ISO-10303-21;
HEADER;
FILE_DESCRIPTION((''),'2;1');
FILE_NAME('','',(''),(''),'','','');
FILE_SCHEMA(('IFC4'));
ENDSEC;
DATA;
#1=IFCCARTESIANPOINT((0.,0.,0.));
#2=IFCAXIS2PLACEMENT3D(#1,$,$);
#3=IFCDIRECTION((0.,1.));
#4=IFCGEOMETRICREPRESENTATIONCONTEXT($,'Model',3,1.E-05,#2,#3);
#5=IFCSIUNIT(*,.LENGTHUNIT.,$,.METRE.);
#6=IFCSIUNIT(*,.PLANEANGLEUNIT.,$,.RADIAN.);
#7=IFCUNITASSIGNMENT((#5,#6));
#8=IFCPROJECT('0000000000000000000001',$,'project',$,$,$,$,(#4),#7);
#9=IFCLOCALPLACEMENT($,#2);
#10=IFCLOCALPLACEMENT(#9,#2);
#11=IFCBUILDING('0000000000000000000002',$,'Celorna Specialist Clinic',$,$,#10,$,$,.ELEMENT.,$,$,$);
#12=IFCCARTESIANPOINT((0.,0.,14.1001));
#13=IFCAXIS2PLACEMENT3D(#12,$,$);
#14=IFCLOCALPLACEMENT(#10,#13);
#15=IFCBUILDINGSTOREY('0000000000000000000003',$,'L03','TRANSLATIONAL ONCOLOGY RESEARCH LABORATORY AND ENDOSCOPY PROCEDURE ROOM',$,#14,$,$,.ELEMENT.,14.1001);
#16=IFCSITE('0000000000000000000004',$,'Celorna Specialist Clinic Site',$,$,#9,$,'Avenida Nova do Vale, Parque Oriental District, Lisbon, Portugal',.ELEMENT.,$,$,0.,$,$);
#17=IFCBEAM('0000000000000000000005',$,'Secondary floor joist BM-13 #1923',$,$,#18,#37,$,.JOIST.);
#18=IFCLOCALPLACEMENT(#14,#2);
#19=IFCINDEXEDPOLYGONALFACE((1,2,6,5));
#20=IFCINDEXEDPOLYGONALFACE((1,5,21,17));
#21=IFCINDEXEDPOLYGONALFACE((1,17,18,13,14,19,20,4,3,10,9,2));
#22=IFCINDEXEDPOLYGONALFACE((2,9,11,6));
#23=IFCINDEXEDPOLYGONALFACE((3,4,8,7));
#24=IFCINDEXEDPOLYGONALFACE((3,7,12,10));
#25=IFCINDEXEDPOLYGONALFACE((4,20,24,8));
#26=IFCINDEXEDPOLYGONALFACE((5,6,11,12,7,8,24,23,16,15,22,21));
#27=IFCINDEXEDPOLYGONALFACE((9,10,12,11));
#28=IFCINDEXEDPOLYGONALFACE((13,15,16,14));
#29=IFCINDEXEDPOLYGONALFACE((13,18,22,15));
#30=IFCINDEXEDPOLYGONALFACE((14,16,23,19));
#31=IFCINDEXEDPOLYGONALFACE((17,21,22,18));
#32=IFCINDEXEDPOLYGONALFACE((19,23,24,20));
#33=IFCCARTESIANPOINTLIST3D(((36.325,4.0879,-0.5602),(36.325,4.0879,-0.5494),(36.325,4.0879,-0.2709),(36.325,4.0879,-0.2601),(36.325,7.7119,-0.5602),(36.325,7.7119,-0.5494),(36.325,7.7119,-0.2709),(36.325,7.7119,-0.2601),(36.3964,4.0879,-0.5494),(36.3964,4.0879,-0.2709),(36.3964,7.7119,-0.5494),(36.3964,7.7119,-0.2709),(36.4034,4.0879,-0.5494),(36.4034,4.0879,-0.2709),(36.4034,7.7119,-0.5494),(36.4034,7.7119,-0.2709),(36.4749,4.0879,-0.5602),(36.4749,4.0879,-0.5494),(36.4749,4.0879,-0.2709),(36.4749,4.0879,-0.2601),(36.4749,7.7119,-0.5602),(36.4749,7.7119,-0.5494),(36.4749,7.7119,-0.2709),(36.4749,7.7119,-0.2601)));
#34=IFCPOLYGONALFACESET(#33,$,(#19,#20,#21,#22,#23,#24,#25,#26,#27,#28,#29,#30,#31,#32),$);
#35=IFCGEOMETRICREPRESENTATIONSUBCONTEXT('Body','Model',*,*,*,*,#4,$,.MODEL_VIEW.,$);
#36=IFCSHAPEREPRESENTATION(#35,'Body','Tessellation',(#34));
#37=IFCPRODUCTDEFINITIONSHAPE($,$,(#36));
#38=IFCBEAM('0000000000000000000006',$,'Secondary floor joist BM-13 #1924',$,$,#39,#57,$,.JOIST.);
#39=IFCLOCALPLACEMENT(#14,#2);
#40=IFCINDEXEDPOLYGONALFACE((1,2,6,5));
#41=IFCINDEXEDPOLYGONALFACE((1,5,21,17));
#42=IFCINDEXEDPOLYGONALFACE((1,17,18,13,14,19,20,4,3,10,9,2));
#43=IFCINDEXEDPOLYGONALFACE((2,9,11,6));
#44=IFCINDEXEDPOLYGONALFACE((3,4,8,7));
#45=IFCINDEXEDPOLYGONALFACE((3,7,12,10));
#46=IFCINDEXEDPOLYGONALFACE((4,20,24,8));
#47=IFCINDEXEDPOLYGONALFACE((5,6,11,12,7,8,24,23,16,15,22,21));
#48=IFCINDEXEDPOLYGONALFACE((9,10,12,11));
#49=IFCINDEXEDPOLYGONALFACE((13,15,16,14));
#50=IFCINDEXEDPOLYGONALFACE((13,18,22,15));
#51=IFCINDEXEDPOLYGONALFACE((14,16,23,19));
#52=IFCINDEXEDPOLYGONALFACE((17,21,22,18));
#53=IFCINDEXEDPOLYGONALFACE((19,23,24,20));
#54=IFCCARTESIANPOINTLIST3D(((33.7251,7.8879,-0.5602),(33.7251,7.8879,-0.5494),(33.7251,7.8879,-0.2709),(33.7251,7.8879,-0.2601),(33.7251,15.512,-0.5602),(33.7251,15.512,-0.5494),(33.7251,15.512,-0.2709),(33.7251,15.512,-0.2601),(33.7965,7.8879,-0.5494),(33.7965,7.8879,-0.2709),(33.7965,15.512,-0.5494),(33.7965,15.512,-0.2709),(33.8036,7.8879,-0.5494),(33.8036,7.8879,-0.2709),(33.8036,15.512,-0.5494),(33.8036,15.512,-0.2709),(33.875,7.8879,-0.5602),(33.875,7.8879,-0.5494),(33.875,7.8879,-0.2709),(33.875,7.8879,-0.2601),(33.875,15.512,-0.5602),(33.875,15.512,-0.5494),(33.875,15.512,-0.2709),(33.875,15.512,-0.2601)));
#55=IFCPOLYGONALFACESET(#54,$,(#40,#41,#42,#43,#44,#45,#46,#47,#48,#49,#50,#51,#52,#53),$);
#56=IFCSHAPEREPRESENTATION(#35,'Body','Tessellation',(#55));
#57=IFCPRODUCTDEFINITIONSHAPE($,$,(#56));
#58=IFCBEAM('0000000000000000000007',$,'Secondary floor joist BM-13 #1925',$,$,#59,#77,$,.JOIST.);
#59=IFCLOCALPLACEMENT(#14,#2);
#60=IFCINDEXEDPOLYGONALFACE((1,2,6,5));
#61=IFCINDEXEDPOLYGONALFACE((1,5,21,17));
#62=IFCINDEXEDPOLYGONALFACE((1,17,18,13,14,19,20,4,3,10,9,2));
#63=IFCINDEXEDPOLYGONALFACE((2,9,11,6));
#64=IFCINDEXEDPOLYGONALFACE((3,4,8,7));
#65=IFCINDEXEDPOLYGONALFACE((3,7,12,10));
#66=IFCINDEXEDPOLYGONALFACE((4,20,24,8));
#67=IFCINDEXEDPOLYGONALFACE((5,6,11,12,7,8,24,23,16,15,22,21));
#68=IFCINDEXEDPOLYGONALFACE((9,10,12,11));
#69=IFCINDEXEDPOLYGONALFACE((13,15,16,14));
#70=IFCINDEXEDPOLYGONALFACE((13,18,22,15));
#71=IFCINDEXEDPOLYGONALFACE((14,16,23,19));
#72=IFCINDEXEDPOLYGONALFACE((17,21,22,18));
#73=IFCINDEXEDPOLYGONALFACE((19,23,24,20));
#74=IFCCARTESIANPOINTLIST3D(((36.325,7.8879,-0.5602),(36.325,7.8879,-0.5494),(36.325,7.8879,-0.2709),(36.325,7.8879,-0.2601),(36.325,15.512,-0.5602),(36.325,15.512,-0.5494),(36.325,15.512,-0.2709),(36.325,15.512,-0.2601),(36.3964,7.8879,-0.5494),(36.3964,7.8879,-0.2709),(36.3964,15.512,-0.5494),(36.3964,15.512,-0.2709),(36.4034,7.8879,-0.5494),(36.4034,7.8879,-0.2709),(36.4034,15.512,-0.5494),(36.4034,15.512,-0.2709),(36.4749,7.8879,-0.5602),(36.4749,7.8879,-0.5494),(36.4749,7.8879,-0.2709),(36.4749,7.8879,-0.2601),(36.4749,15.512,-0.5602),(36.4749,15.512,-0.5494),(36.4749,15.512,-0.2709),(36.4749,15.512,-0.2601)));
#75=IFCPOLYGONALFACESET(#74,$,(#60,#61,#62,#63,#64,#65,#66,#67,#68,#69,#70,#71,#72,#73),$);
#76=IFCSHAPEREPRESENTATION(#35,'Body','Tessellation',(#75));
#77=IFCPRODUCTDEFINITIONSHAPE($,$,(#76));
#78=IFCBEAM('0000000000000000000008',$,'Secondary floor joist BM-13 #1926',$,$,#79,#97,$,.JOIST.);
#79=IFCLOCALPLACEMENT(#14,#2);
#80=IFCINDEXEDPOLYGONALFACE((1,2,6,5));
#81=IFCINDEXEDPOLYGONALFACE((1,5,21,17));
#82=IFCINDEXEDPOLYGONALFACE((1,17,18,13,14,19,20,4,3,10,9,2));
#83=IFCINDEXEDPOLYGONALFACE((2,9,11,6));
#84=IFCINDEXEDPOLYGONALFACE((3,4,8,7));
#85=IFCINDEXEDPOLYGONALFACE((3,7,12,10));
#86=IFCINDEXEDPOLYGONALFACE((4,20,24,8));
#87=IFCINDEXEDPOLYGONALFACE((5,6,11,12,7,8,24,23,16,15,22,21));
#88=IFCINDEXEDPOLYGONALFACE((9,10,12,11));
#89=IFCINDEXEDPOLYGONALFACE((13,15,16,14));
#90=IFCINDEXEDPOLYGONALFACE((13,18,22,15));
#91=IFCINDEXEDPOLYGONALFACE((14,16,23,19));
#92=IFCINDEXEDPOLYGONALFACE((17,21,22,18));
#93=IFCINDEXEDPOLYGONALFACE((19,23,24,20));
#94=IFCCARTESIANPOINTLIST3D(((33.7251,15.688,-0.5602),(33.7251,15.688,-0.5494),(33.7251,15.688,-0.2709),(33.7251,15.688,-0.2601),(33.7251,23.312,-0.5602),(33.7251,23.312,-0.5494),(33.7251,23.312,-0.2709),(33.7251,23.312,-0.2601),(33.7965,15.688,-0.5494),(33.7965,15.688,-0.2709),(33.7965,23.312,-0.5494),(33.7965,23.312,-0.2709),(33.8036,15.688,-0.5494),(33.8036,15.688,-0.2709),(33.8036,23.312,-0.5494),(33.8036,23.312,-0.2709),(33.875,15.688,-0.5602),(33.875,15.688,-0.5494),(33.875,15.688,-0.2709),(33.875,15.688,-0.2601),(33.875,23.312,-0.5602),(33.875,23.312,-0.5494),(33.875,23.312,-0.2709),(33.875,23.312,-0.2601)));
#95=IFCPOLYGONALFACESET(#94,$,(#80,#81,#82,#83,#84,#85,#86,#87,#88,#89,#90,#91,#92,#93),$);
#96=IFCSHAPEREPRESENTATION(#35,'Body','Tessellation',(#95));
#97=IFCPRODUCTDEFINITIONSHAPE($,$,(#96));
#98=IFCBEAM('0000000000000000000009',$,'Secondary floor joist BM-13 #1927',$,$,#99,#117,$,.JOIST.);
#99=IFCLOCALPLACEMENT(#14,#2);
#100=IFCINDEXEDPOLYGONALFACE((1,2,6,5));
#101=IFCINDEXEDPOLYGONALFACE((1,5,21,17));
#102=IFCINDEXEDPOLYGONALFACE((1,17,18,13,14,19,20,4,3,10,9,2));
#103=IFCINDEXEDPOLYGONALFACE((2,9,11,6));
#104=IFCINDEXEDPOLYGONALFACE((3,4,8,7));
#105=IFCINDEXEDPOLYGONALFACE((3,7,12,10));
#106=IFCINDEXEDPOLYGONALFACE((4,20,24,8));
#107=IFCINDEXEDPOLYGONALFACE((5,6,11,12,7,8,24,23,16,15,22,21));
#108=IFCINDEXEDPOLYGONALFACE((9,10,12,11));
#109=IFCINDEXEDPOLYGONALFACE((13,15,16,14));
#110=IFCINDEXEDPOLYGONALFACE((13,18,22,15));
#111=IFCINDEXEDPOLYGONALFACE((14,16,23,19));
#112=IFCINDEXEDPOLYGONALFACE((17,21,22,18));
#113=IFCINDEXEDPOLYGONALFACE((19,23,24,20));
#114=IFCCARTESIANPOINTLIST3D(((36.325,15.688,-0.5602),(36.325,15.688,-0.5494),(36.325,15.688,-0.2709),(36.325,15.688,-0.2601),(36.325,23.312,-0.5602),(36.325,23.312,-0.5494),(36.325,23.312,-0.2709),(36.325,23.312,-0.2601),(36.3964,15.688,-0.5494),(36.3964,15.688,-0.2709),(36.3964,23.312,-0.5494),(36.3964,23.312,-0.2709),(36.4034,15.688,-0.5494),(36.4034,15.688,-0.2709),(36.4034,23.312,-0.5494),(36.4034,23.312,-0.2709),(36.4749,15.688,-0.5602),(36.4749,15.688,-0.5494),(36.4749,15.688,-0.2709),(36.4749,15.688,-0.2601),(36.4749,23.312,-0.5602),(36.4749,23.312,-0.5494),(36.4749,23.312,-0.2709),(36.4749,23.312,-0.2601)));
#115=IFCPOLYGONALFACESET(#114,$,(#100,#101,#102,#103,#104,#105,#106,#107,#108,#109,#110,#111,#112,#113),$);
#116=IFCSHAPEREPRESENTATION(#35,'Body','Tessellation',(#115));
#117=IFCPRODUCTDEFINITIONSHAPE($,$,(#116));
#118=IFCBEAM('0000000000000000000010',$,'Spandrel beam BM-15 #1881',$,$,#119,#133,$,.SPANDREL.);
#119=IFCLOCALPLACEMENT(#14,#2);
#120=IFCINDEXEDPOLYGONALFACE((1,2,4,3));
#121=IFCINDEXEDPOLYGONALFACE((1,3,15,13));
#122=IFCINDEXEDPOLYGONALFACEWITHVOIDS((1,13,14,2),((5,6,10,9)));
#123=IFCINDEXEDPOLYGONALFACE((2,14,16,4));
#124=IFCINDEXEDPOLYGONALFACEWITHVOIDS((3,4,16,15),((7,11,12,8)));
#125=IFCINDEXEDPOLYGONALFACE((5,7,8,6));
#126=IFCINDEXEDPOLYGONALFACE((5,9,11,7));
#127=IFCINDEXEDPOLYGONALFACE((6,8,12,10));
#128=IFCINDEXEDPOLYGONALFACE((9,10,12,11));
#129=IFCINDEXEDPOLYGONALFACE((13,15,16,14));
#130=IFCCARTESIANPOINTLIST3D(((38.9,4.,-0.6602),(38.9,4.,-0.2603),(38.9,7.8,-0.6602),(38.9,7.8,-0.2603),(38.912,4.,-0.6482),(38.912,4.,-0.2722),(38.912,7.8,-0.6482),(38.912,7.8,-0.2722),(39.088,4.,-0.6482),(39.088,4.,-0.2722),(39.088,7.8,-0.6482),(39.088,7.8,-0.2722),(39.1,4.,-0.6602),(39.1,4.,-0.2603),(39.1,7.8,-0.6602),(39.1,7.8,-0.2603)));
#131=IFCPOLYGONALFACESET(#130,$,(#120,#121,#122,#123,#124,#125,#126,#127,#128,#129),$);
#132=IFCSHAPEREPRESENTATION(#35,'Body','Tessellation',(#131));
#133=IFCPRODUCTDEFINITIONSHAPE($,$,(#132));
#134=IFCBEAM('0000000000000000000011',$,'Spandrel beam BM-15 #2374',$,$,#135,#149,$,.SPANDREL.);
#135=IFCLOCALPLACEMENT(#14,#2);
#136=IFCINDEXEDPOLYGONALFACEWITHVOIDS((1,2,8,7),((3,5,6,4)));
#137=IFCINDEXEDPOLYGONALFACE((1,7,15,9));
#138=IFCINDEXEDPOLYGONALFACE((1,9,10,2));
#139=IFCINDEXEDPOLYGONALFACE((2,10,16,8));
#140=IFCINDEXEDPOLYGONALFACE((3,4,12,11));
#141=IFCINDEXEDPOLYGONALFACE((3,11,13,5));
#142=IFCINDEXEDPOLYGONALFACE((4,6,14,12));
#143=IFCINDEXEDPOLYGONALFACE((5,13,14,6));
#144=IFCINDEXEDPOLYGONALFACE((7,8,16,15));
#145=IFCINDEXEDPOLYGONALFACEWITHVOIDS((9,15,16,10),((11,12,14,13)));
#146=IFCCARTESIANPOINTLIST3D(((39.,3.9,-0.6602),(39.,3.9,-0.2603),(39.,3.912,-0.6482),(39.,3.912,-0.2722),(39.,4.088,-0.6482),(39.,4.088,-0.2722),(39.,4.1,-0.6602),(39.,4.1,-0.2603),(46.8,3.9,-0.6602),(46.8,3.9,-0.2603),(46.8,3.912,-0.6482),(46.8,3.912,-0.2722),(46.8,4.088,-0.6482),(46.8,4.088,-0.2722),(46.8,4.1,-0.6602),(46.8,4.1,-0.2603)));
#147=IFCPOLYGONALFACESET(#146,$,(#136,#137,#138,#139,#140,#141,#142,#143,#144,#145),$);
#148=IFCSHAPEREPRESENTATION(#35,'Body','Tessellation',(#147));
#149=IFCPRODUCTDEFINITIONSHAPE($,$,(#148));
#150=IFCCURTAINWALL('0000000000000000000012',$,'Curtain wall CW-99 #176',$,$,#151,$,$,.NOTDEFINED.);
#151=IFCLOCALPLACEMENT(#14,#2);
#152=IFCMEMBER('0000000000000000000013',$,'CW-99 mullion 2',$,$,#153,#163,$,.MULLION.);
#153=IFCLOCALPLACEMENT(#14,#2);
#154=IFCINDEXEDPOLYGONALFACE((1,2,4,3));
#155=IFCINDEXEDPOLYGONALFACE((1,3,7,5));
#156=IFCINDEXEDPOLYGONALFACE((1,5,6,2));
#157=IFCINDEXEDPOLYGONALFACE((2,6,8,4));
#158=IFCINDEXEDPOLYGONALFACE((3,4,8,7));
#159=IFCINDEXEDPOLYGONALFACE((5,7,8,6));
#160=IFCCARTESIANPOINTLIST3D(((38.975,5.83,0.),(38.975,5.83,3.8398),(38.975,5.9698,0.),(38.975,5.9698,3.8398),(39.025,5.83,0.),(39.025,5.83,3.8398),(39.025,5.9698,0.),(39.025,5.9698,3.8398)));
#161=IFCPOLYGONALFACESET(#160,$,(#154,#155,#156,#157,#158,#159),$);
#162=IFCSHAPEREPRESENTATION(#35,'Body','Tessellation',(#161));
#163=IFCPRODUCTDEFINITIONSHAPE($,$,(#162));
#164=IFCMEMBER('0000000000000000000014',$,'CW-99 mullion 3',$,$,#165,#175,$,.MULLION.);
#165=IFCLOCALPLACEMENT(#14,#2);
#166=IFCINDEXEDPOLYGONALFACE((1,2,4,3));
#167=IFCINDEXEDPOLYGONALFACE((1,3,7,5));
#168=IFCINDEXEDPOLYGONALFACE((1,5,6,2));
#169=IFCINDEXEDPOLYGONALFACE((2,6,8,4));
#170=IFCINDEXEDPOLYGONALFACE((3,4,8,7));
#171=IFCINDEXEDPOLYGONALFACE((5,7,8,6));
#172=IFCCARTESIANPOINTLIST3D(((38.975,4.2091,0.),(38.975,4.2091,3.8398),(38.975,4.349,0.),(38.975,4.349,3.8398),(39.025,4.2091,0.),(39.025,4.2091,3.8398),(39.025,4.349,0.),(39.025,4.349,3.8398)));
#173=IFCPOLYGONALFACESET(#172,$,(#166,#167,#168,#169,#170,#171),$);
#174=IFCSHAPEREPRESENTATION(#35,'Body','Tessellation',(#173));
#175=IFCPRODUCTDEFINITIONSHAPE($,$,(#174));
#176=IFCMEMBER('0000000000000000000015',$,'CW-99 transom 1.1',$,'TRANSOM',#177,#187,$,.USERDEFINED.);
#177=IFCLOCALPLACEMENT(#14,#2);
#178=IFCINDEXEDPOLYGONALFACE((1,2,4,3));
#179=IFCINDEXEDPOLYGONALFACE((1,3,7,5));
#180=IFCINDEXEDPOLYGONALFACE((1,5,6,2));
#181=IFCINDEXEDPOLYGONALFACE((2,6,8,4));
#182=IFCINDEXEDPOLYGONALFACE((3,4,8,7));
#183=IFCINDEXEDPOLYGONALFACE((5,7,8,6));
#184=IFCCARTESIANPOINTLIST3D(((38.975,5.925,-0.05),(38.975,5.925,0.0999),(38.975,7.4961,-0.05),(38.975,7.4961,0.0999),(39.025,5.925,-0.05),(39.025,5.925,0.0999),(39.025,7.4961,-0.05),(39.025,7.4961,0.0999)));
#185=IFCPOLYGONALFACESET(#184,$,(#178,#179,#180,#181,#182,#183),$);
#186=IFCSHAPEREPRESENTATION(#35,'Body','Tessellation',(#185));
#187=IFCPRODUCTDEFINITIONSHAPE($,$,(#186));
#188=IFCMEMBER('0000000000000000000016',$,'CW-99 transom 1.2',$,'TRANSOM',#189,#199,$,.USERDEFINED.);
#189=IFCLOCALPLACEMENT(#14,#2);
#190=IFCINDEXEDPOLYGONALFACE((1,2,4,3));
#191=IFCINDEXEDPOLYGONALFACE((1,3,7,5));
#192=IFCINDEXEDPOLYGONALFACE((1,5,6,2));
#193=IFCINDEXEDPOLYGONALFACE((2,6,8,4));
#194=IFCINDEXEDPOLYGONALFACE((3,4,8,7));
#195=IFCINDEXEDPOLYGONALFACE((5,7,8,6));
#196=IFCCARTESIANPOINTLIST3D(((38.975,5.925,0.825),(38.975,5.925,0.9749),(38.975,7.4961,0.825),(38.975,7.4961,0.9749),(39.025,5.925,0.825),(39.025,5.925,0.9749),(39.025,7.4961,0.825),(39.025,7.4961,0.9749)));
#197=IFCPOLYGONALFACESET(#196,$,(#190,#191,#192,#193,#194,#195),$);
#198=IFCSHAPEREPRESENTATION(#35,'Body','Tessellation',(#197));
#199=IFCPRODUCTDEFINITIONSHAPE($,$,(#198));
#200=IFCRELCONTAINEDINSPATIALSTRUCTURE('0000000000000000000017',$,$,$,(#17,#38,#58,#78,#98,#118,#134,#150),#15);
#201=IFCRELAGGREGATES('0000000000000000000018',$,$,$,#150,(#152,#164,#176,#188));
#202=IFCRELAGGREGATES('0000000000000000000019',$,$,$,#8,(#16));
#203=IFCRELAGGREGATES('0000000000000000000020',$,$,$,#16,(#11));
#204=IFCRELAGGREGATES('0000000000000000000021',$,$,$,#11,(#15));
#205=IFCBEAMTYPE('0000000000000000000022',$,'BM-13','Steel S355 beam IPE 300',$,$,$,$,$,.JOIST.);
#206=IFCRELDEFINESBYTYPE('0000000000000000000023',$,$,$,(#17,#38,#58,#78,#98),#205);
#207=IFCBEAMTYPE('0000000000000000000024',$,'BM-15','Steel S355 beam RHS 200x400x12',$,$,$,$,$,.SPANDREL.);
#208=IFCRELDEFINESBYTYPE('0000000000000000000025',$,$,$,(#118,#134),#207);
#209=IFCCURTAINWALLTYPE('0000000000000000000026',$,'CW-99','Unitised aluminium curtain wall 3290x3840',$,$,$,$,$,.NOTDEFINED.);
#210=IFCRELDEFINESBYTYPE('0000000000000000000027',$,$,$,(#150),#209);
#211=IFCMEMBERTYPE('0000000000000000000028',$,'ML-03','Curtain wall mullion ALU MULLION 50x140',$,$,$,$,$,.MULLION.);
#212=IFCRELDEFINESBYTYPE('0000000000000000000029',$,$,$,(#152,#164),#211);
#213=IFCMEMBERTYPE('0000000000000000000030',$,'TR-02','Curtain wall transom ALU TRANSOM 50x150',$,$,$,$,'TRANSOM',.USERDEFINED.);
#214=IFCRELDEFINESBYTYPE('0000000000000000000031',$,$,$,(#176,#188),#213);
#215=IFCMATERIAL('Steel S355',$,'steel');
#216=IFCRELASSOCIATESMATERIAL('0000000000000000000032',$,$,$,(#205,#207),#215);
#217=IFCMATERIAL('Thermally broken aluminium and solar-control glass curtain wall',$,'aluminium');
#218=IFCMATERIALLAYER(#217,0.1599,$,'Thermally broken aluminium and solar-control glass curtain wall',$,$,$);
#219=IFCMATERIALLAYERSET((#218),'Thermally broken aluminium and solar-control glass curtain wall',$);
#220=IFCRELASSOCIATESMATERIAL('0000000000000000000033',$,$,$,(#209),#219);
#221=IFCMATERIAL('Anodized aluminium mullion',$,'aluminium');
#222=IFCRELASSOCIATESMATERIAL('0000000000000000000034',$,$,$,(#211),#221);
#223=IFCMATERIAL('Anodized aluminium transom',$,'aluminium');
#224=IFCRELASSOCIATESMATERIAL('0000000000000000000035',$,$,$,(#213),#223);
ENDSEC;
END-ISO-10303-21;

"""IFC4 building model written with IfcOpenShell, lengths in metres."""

from ifc_helpers import new_model, si_unit, direction, frame, origin, origin_2d, place, context, subcontext, project, spatial, rectangle, hollow_rectangle, i_section, extrude, material, layer, layer_set, material_profile, profile_set, type_object, element, aggregate, save


model = new_model("IFC4")

# Units and contexts
model_context = context("Model", 3, precision=1e-05, world=origin(), true_north=direction((0.0, 1.0)))
body_context = subcontext(model_context, "Body", "Model", "MODEL_VIEW")
ifc_project = project(units=[si_unit("LENGTHUNIT", "METRE"), si_unit("PLANEANGLEUNIT", "RADIAN")], contexts=[model_context])

# Site, building, storey
site_placement = place(None, origin())
site = spatial("IfcSite", under=ifc_project, at=site_placement, Name="Celorna Specialist Clinic Site", LongName="Avenida Nova do Vale, Parque Oriental District, Lisbon, Portugal", CompositionType="ELEMENT", RefElevation=0.0)
building_placement = place(site_placement, origin())
building = spatial("IfcBuilding", under=site, at=building_placement, Name="Celorna Specialist Clinic", CompositionType="ELEMENT")
storey_placement = place(building_placement, frame((0.0, 0.0, 14.1001)))
storey = spatial("IfcBuildingStorey", under=building, at=storey_placement, Name="L03", Description="TRANSLATIONAL ONCOLOGY RESEARCH LABORATORY AND ENDOSCOPY PROCEDURE ROOM", CompositionType="ELEMENT", Elevation=14.1001)

# Beams
ifc_material_1 = material(Name="Steel S355", Category="steel")
ifc_material_profile_1 = material_profile(ifc_material_1, i_section(OverallWidth=0.1499, OverallDepth=0.3, WebThickness=0.0071, FlangeThickness=0.0107, at=origin_2d()), Name="IPE 300")
ifc_profile_set_1 = profile_set([ifc_material_profile_1], Name="Steel S355")
beam_type_1 = type_object("IfcBeamType", Name="BM-13", Description="Steel S355 beam IPE 300", PredefinedType="JOIST", material=ifc_profile_set_1)
beam_1_placement = place(storey_placement, frame((36.3999, 4.0879, -0.4102), z_axis=(0.0, 1.0, 0.0), x_axis=(-1.0, 0.0, 0.0)))
element("IfcBeam", 1, at=beam_1_placement, inside=storey, type_object=beam_type_1, Name="Secondary floor joist BM-13 #1923", PredefinedType="JOIST", context=body_context, shape_type="SweptSolid", body=[
    extrude(i_section(OverallWidth=0.1499, OverallDepth=0.3, WebThickness=0.0071, FlangeThickness=0.0107, at=origin_2d()), origin(), (0.0, 0.0, 1.0), 3.624),
])
for number, where, z_axis, x_axis, name in (
    (2, (33.8, 7.8879, -0.4102), (0.0, 1.0, 0.0), (-1.0, 0.0, 0.0), "Secondary floor joist BM-13 #1924"),
    (3, (36.3999, 7.8879, -0.4102), (0.0, 1.0, 0.0), (-1.0, 0.0, 0.0), "Secondary floor joist BM-13 #1925"),
    (4, (33.8, 15.688, -0.4102), (0.0, 1.0, 0.0), (-1.0, 0.0, 0.0), "Secondary floor joist BM-13 #1926"),
    (5, (36.3999, 15.688, -0.4102), (0.0, 1.0, 0.0), (-1.0, 0.0, 0.0), "Secondary floor joist BM-13 #1927"),
):
    element("IfcBeam", number, at=place(storey_placement, frame(where, z_axis=z_axis, x_axis=x_axis)), inside=storey, type_object=beam_type_1, Name=name, PredefinedType="JOIST", context=body_context, shape_type="SweptSolid", body=[
        extrude(i_section(OverallWidth=0.1499, OverallDepth=0.3, WebThickness=0.0071, FlangeThickness=0.0107, at=origin_2d()), origin(), (0.0, 0.0, 1.0), 7.624),
    ])
ifc_material_profile_2 = material_profile(ifc_material_1, hollow_rectangle(XDim=0.2, YDim=0.3999, WallThickness=0.012, at=origin_2d()), Name="RHS 200x400x12")
ifc_profile_set_2 = profile_set([ifc_material_profile_2], Name="Steel S355")
beam_type_2 = type_object("IfcBeamType", Name="BM-15", Description="Steel S355 beam RHS 200x400x12", PredefinedType="SPANDREL", material=ifc_profile_set_2)
beam_2_placement = place(storey_placement, frame((39.0, 4.0, -0.4602), z_axis=(0.0, 1.0, 0.0), x_axis=(-1.0, 0.0, 0.0)))
element("IfcBeam", 6, at=beam_2_placement, inside=storey, type_object=beam_type_2, Name="Spandrel beam BM-15 #1881", PredefinedType="SPANDREL", context=body_context, shape_type="SweptSolid", body=[
    extrude(hollow_rectangle(XDim=0.2, YDim=0.3999, WallThickness=0.012, at=origin_2d()), origin(), (0.0, 0.0, 1.0), 3.8),
])
beam_3_placement = place(storey_placement, frame((39.0, 4.0, -0.4602), z_axis=(1.0, 0.0, 0.0), x_axis=(0.0, 1.0, 0.0)))
element("IfcBeam", 7, at=beam_3_placement, inside=storey, type_object=beam_type_2, Name="Spandrel beam BM-15 #2374", PredefinedType="SPANDREL", context=body_context, shape_type="SweptSolid", body=[
    extrude(hollow_rectangle(XDim=0.2, YDim=0.3999, WallThickness=0.012, at=origin_2d()), origin(), (0.0, 0.0, 1.0), 7.8),
])

# Curtain wall, members
ifc_material_2 = material(Name="Thermally broken aluminium and solar-control glass curtain wall", Category="aluminium")
ifc_layer_1 = layer(ifc_material_2, 0.1599, Name="Thermally broken aluminium and solar-control glass curtain wall")
ifc_layer_set_1 = layer_set([ifc_layer_1], Name="Thermally broken aluminium and solar-control glass curtain wall")
curtain_wall_type = type_object("IfcCurtainWallType", Name="CW-99", Description="Unitised aluminium curtain wall 3290x3840", PredefinedType="NOTDEFINED", material=ifc_layer_set_1)
curtain_wall_placement = place(storey_placement, origin())
curtain_wall = element("IfcCurtainWall", 8, at=curtain_wall_placement, inside=storey, type_object=curtain_wall_type, Name="Curtain wall CW-99 #176", PredefinedType="NOTDEFINED")
ifc_material_3 = material(Name="Anodized aluminium mullion", Category="aluminium")
ifc_material_profile_3 = material_profile(ifc_material_3, rectangle(XDim=0.05, YDim=0.1399, at=origin_2d()), Name="ALU MULLION 50x140")
ifc_profile_set_3 = profile_set([ifc_material_profile_3], Name="Anodized aluminium mullion")
member_type_1 = type_object("IfcMemberType", Name="ML-03", Description="Curtain wall mullion ALU MULLION 50x140", PredefinedType="MULLION", material=ifc_profile_set_3)
member_1_placement = place(storey_placement, frame((39.0, 5.8999, 0.0), z_axis=(0.0, 0.0, 1.0), x_axis=(1.0, 0.0, 0.0)))
member_1 = element("IfcMember", 9, at=member_1_placement, type_object=member_type_1, Name="CW-99 mullion 2", PredefinedType="MULLION", context=body_context, shape_type="SweptSolid", body=[
    extrude(rectangle(XDim=0.05, YDim=0.1399, at=origin_2d()), origin(), (0.0, 0.0, 1.0), 3.8398),
])
member_2_placement = place(storey_placement, frame((39.0, 4.2791, 0.0), z_axis=(0.0, 0.0, 1.0), x_axis=(1.0, 0.0, 0.0)))
member_2 = element("IfcMember", 10, at=member_2_placement, type_object=member_type_1, Name="CW-99 mullion 3", PredefinedType="MULLION", context=body_context, shape_type="SweptSolid", body=[
    extrude(rectangle(XDim=0.05, YDim=0.1399, at=origin_2d()), origin(), (0.0, 0.0, 1.0), 3.8398),
])
ifc_material_4 = material(Name="Anodized aluminium transom", Category="aluminium")
ifc_material_profile_4 = material_profile(ifc_material_4, rectangle(XDim=0.05, YDim=0.1499, at=origin_2d()), Name="ALU TRANSOM 50x150")
ifc_profile_set_4 = profile_set([ifc_material_profile_4], Name="Anodized aluminium transom")
member_type_2 = type_object("IfcMemberType", Name="TR-02", Description="Curtain wall transom ALU TRANSOM 50x150", ElementType="TRANSOM", PredefinedType="USERDEFINED", material=ifc_profile_set_4)
member_3_placement = place(storey_placement, frame((39.0, 7.4961, 0.0249), z_axis=(0.0, -1.0, 0.0), x_axis=(1.0, 0.0, 0.0)))
member_3 = element("IfcMember", 11, at=member_3_placement, type_object=member_type_2, Name="CW-99 transom 1.1", ObjectType="TRANSOM", PredefinedType="USERDEFINED", context=body_context, shape_type="SweptSolid", body=[
    extrude(rectangle(XDim=0.05, YDim=0.1499, at=origin_2d()), origin(), (0.0, 0.0, 1.0), 1.571),
])
member_4_placement = place(storey_placement, frame((39.0, 7.4961, 0.8999), z_axis=(0.0, -1.0, 0.0), x_axis=(1.0, 0.0, 0.0)))
member_4 = element("IfcMember", 12, at=member_4_placement, type_object=member_type_2, Name="CW-99 transom 1.2", ObjectType="TRANSOM", PredefinedType="USERDEFINED", context=body_context, shape_type="SweptSolid", body=[
    extrude(rectangle(XDim=0.05, YDim=0.1499, at=origin_2d()), origin(), (0.0, 0.0, 1.0), 1.571),
])
aggregate(curtain_wall, [member_1, member_2, member_3, member_4])

save(model, "model.ifc")
